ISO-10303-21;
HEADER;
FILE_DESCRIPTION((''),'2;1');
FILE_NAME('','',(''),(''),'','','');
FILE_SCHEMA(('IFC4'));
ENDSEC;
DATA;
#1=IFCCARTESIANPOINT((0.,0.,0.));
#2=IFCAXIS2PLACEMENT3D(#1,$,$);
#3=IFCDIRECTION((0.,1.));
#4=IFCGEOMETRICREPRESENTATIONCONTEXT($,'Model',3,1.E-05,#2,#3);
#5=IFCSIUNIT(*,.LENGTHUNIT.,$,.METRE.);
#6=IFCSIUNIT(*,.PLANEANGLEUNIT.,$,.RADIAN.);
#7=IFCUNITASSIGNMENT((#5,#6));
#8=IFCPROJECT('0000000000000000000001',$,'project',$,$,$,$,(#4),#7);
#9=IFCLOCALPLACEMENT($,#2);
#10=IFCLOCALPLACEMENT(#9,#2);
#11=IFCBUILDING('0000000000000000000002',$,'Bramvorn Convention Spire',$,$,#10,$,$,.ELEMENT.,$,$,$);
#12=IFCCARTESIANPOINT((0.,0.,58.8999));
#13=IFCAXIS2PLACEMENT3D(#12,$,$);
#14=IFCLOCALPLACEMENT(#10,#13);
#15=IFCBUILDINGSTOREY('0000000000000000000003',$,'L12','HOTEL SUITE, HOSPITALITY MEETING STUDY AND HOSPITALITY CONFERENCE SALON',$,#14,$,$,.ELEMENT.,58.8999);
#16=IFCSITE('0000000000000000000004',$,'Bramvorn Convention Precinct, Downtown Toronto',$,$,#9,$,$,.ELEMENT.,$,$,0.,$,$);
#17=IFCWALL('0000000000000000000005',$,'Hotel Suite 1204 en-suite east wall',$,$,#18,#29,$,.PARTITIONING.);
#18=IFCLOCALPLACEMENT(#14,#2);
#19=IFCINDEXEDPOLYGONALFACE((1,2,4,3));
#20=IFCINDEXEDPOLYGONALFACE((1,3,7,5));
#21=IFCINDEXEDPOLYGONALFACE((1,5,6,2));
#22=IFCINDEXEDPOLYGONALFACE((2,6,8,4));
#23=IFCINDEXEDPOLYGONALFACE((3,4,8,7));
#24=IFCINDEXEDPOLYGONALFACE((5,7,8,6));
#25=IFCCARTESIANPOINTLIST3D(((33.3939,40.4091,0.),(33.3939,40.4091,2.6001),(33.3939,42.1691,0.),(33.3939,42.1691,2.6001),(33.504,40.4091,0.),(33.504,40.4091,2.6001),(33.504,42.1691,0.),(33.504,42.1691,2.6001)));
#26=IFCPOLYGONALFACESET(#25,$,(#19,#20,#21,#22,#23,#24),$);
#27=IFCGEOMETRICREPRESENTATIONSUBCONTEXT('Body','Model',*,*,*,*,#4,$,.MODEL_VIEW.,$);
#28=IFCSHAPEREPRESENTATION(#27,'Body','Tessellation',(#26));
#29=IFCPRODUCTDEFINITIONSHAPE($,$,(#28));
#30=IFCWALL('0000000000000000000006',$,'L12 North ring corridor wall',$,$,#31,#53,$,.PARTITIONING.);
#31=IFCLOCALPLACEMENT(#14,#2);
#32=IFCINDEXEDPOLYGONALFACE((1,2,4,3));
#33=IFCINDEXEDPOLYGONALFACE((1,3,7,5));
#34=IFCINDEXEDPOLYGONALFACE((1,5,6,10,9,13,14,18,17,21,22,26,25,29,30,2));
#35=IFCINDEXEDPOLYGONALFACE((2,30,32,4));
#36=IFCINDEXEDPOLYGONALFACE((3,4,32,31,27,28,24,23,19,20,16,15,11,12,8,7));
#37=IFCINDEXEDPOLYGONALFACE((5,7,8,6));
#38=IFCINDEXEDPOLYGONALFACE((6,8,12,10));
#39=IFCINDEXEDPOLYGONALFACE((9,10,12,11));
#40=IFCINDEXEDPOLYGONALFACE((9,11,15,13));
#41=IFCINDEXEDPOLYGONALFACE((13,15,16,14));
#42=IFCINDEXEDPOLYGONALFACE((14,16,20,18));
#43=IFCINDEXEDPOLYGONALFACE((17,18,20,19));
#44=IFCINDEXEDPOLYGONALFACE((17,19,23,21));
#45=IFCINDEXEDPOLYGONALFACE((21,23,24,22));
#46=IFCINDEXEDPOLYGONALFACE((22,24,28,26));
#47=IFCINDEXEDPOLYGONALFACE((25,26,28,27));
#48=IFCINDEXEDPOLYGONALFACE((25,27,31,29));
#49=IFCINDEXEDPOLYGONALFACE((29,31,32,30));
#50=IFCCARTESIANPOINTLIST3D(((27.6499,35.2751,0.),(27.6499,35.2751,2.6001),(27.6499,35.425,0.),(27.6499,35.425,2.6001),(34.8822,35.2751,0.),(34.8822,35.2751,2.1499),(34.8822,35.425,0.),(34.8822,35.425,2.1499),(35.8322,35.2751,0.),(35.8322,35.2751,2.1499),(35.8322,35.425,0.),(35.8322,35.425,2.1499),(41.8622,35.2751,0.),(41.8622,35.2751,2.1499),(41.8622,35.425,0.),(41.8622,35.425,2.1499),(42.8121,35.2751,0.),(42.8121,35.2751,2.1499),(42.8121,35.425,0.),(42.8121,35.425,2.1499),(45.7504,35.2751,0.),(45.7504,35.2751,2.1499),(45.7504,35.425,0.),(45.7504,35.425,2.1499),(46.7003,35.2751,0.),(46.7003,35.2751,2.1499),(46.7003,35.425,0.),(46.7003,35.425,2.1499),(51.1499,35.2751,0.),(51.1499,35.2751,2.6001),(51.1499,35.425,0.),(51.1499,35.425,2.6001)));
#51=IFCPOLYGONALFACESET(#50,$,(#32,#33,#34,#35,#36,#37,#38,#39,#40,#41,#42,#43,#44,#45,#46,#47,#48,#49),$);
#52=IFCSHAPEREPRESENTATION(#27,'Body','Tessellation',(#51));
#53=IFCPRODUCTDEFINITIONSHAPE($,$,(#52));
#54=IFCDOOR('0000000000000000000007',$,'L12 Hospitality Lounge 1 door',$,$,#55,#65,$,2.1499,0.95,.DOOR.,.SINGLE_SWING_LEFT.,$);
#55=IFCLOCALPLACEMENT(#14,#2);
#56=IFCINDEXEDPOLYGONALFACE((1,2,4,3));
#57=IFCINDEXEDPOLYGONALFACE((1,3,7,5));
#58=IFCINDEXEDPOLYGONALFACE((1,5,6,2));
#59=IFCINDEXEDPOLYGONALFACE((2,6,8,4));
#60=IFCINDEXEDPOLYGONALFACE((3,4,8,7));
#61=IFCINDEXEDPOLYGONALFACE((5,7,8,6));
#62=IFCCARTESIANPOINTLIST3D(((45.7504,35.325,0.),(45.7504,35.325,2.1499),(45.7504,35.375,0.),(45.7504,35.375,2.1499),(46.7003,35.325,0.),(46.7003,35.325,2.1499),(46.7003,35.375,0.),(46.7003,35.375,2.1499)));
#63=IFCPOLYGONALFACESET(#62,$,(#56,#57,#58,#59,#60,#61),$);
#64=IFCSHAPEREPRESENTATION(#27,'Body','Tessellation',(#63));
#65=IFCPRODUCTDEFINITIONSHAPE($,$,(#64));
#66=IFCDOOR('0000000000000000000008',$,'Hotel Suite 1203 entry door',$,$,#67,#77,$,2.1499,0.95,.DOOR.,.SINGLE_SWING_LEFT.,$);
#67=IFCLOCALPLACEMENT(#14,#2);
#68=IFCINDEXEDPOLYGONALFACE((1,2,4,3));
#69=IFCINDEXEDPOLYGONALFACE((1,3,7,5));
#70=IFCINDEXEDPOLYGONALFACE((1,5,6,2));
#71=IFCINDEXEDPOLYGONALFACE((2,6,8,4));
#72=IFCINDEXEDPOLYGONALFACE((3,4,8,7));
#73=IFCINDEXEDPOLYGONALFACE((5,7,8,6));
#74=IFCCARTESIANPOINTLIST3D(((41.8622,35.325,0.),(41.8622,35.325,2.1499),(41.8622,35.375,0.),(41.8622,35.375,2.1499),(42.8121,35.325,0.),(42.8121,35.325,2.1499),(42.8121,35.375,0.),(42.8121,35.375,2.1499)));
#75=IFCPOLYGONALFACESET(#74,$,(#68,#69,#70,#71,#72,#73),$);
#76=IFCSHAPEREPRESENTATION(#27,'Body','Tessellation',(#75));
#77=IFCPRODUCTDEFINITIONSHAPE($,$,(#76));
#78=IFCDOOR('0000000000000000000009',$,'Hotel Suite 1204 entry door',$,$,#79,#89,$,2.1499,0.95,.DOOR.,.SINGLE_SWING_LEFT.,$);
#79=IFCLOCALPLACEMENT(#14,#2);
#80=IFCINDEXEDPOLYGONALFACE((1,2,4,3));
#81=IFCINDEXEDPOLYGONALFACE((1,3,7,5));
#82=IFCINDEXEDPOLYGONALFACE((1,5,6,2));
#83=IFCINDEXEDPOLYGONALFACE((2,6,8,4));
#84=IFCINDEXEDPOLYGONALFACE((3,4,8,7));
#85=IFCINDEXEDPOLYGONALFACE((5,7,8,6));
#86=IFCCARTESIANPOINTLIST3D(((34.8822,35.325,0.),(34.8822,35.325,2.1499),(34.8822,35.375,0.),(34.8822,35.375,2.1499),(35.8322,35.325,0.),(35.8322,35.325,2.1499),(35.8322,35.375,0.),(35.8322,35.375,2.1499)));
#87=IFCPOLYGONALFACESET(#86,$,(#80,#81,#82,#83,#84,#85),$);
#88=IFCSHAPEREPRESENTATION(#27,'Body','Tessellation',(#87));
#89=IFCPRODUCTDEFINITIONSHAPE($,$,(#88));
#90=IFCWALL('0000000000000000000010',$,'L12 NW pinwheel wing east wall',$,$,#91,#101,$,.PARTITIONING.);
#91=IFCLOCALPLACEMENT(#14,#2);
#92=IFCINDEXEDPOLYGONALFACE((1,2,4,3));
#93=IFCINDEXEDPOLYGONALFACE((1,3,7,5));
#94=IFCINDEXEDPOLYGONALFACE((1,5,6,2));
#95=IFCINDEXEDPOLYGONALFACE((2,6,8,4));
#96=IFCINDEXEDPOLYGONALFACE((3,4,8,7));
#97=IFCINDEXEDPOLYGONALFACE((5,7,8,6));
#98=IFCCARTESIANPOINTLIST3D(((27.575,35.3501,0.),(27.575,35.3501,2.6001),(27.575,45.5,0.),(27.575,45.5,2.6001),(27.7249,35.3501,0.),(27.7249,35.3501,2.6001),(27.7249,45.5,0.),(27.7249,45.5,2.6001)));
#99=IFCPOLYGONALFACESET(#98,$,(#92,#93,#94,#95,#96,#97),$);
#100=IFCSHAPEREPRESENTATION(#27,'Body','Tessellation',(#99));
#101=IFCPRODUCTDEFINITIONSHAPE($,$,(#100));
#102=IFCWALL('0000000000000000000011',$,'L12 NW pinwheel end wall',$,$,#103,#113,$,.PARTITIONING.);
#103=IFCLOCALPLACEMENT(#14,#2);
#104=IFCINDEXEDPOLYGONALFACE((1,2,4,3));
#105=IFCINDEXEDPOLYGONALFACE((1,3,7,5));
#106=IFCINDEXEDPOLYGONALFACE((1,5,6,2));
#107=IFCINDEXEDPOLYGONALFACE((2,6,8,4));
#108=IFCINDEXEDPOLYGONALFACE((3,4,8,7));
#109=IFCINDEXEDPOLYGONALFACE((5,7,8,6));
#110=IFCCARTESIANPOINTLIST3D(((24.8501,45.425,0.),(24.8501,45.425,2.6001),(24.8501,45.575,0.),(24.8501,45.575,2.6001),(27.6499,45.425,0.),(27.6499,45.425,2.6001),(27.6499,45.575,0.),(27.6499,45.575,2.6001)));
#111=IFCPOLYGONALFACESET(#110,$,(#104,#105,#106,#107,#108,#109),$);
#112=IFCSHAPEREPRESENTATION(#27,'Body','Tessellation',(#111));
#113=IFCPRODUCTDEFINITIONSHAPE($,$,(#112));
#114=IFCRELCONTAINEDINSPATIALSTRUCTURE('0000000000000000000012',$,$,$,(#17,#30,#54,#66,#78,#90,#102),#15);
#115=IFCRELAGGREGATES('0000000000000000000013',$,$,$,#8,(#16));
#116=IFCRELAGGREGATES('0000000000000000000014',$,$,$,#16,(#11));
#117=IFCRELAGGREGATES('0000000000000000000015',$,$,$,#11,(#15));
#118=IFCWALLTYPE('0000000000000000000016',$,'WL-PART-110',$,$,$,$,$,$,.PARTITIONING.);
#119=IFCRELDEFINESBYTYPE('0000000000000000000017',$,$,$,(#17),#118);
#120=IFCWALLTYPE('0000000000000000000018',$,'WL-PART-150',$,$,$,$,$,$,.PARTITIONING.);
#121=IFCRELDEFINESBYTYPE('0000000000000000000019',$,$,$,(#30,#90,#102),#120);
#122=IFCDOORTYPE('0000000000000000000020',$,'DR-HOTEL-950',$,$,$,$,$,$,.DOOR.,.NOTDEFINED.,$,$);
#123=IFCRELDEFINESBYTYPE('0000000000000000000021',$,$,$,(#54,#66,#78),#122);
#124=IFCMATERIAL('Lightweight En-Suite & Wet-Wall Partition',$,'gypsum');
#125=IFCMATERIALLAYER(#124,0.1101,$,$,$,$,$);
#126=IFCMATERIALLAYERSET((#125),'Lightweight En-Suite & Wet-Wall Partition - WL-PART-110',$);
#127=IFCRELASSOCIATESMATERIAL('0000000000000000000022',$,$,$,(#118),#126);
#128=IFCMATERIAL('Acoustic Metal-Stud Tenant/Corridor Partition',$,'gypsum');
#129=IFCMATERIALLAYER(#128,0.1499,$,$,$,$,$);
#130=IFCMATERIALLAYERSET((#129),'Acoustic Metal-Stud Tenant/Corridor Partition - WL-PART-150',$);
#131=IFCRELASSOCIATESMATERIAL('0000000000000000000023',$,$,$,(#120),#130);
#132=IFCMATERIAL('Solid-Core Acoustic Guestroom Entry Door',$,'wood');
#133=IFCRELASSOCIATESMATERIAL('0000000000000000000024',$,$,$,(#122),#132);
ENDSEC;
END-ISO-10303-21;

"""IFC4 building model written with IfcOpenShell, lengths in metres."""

from ifc_helpers import new_model, si_unit, direction, frame, frame_2d, origin, place, context, subcontext, project, spatial, rectangle, extrude, material, layer, layer_set, type_object, element, fill, save


model = new_model("IFC4")

# Units and contexts
model_context = context("Model", 3, precision=1e-05, world=origin(), true_north=direction((0.0, 1.0)))
body_context = subcontext(model_context, "Body", "Model", "MODEL_VIEW")
ifc_project = project(units=[si_unit("LENGTHUNIT", "METRE"), si_unit("PLANEANGLEUNIT", "RADIAN")], contexts=[model_context])

# Site, building, storey
site_placement = place(None, origin())
site = spatial("IfcSite", under=ifc_project, at=site_placement, Name="Bramvorn Convention Precinct, Downtown Toronto", CompositionType="ELEMENT", RefElevation=0.0)
building_placement = place(site_placement, origin())
building = spatial("IfcBuilding", under=site, at=building_placement, Name="Bramvorn Convention Spire", CompositionType="ELEMENT")
storey_placement = place(building_placement, frame((0.0, 0.0, 58.8999)))
storey = spatial("IfcBuildingStorey", under=building, at=storey_placement, Name="L12", Description="HOTEL SUITE, HOSPITALITY MEETING STUDY AND HOSPITALITY CONFERENCE SALON", CompositionType="ELEMENT", Elevation=58.8999)

# Shared definitions
ifc_material_1 = material(Name="Lightweight En-Suite & Wet-Wall Partition", Category="gypsum")
ifc_layer_1 = layer(ifc_material_1, 0.1101)
ifc_layer_set_1 = layer_set([ifc_layer_1], Name="Lightweight En-Suite & Wet-Wall Partition - WL-PART-110")
wall_type_1 = type_object("IfcWallType", Name="WL-PART-110", PredefinedType="PARTITIONING", material=ifc_layer_set_1)

# Wall
for number, where, z_axis, x_axis, name in (
    (1, (33.449, 40.4092, 0.0), (0.0, 0.0, 1.0), (0.0, 1.0, 0.0), "Hotel Suite 1204 en-suite east wall"),
):
    element("IfcWall", number, at=place(storey_placement, frame(where, z_axis=z_axis, x_axis=x_axis)), inside=storey, type_object=wall_type_1, Name=name, PredefinedType="PARTITIONING", context=body_context, shape_type="SweptSolid", body=[
        extrude(rectangle(XDim=1.76, YDim=0.1101, at=frame_2d((0.8799, 0.0))), origin(), (0.0, 0.0, 1.0), 2.6001),
    ])

# Wall, openings, doors
ifc_material_2 = material(Name="Acoustic Metal-Stud Tenant/Corridor Partition", Category="gypsum")
ifc_layer_2 = layer(ifc_material_2, 0.1499)
ifc_layer_set_2 = layer_set([ifc_layer_2], Name="Acoustic Metal-Stud Tenant/Corridor Partition - WL-PART-150")
wall_type_2 = type_object("IfcWallType", Name="WL-PART-150", PredefinedType="PARTITIONING", material=ifc_layer_set_2)
wall_1_placement = place(storey_placement, frame((27.6499, 35.3501, 0.0), z_axis=(0.0, 0.0, 1.0), x_axis=(1.0, 0.0, 0.0)))
wall_1 = element("IfcWall", 2, at=wall_1_placement, inside=storey, type_object=wall_type_2, Name="L12 North ring corridor wall", PredefinedType="PARTITIONING", context=body_context, shape_type="SweptSolid", body=[
    extrude(rectangle(XDim=23.5, YDim=0.1499, at=frame_2d((11.75, 0.0))), origin(), (0.0, 0.0, 1.0), 2.6001),
])
opening_1_placement = place(wall_1_placement, frame((18.1003, 0.0, 0.0)))
opening_1 = element("IfcOpeningElement", 3, at=opening_1_placement, cuts=wall_1, PredefinedType="OPENING", context=body_context, shape_type="SweptSolid", body=[
    extrude(rectangle(XDim=0.95, YDim=2.1499, at=frame_2d((0.4751, 1.075))), frame((0.0, 0.085, 0.0), z_axis=(0.0, -1.0, 0.0), x_axis=(1.0, 0.0, 0.0)), (0.0, 0.0, 1.0), 0.1699),
])
opening_2_placement = place(wall_1_placement, frame((14.2122, 0.0, 0.0)))
opening_2 = element("IfcOpeningElement", 4, at=opening_2_placement, cuts=wall_1, PredefinedType="OPENING", context=body_context, shape_type="SweptSolid", body=[
    extrude(rectangle(XDim=0.95, YDim=2.1499, at=frame_2d((0.4751, 1.075))), frame((0.0, 0.085, 0.0), z_axis=(0.0, -1.0, 0.0), x_axis=(1.0, 0.0, 0.0)), (0.0, 0.0, 1.0), 0.1699),
])
opening_3_placement = place(wall_1_placement, frame((7.2322, 0.0, 0.0)))
opening_3 = element("IfcOpeningElement", 5, at=opening_3_placement, cuts=wall_1, PredefinedType="OPENING", context=body_context, shape_type="SweptSolid", body=[
    extrude(rectangle(XDim=0.95, YDim=2.1499, at=frame_2d((0.4751, 1.075))), frame((0.0, 0.085, 0.0), z_axis=(0.0, -1.0, 0.0), x_axis=(1.0, 0.0, 0.0)), (0.0, 0.0, 1.0), 0.1699),
])
ifc_material_3 = material(Name="Solid-Core Acoustic Guestroom Entry Door", Category="wood")
door_type_1 = type_object("IfcDoorType", Name="DR-HOTEL-950", OperationType="NOTDEFINED", PredefinedType="DOOR", material=ifc_material_3)
door_1_placement = place(opening_1_placement, origin())
door_1 = element("IfcDoor", 6, at=door_1_placement, inside=storey, type_object=door_type_1, Name="L12 Hospitality Lounge 1 door", OperationType="SINGLE_SWING_LEFT", OverallHeight=2.1499, OverallWidth=0.95, PredefinedType="DOOR", context=body_context, shape_type="SweptSolid", body=[
    extrude(rectangle(XDim=0.95, YDim=2.1499, at=frame_2d((0.4751, 1.075))), frame((0.0, 0.0249, 0.0), z_axis=(0.0, -1.0, 0.0), x_axis=(1.0, 0.0, 0.0)), (0.0, 0.0, 1.0), 0.05),
])
fill(opening_1, door_1)
door_2_placement = place(opening_2_placement, origin())
door_2 = element("IfcDoor", 7, at=door_2_placement, inside=storey, type_object=door_type_1, Name="Hotel Suite 1203 entry door", OperationType="SINGLE_SWING_LEFT", OverallHeight=2.1499, OverallWidth=0.95, PredefinedType="DOOR", context=body_context, shape_type="SweptSolid", body=[
    extrude(rectangle(XDim=0.95, YDim=2.1499, at=frame_2d((0.4751, 1.075))), frame((0.0, 0.0249, 0.0), z_axis=(0.0, -1.0, 0.0), x_axis=(1.0, 0.0, 0.0)), (0.0, 0.0, 1.0), 0.05),
])
fill(opening_2, door_2)
door_3_placement = place(opening_3_placement, origin())
door_3 = element("IfcDoor", 8, at=door_3_placement, inside=storey, type_object=door_type_1, Name="Hotel Suite 1204 entry door", OperationType="SINGLE_SWING_LEFT", OverallHeight=2.1499, OverallWidth=0.95, PredefinedType="DOOR", context=body_context, shape_type="SweptSolid", body=[
    extrude(rectangle(XDim=0.95, YDim=2.1499, at=frame_2d((0.4751, 1.075))), frame((0.0, 0.0249, 0.0), z_axis=(0.0, -1.0, 0.0), x_axis=(1.0, 0.0, 0.0)), (0.0, 0.0, 1.0), 0.05),
])
fill(opening_3, door_3)

# Walls
wall_2_placement = place(storey_placement, frame((27.6499, 35.3501, 0.0), z_axis=(0.0, 0.0, 1.0), x_axis=(0.0, 1.0, 0.0)))
element("IfcWall", 9, at=wall_2_placement, inside=storey, type_object=wall_type_2, Name="L12 NW pinwheel wing east wall", PredefinedType="PARTITIONING", context=body_context, shape_type="SweptSolid", body=[
    extrude(rectangle(XDim=10.1499, YDim=0.1499, at=frame_2d((5.075, 0.0))), origin(), (0.0, 0.0, 1.0), 2.6001),
])
wall_3_placement = place(storey_placement, frame((24.8501, 45.5, 0.0), z_axis=(0.0, 0.0, 1.0), x_axis=(1.0, 0.0, 0.0)))
element("IfcWall", 10, at=wall_3_placement, inside=storey, type_object=wall_type_2, Name="L12 NW pinwheel end wall", PredefinedType="PARTITIONING", context=body_context, shape_type="SweptSolid", body=[
    extrude(rectangle(XDim=2.7998, YDim=0.1499, at=frame_2d((1.3999, 0.0))), origin(), (0.0, 0.0, 1.0), 2.6001),
])

save(model, "model.ifc")
